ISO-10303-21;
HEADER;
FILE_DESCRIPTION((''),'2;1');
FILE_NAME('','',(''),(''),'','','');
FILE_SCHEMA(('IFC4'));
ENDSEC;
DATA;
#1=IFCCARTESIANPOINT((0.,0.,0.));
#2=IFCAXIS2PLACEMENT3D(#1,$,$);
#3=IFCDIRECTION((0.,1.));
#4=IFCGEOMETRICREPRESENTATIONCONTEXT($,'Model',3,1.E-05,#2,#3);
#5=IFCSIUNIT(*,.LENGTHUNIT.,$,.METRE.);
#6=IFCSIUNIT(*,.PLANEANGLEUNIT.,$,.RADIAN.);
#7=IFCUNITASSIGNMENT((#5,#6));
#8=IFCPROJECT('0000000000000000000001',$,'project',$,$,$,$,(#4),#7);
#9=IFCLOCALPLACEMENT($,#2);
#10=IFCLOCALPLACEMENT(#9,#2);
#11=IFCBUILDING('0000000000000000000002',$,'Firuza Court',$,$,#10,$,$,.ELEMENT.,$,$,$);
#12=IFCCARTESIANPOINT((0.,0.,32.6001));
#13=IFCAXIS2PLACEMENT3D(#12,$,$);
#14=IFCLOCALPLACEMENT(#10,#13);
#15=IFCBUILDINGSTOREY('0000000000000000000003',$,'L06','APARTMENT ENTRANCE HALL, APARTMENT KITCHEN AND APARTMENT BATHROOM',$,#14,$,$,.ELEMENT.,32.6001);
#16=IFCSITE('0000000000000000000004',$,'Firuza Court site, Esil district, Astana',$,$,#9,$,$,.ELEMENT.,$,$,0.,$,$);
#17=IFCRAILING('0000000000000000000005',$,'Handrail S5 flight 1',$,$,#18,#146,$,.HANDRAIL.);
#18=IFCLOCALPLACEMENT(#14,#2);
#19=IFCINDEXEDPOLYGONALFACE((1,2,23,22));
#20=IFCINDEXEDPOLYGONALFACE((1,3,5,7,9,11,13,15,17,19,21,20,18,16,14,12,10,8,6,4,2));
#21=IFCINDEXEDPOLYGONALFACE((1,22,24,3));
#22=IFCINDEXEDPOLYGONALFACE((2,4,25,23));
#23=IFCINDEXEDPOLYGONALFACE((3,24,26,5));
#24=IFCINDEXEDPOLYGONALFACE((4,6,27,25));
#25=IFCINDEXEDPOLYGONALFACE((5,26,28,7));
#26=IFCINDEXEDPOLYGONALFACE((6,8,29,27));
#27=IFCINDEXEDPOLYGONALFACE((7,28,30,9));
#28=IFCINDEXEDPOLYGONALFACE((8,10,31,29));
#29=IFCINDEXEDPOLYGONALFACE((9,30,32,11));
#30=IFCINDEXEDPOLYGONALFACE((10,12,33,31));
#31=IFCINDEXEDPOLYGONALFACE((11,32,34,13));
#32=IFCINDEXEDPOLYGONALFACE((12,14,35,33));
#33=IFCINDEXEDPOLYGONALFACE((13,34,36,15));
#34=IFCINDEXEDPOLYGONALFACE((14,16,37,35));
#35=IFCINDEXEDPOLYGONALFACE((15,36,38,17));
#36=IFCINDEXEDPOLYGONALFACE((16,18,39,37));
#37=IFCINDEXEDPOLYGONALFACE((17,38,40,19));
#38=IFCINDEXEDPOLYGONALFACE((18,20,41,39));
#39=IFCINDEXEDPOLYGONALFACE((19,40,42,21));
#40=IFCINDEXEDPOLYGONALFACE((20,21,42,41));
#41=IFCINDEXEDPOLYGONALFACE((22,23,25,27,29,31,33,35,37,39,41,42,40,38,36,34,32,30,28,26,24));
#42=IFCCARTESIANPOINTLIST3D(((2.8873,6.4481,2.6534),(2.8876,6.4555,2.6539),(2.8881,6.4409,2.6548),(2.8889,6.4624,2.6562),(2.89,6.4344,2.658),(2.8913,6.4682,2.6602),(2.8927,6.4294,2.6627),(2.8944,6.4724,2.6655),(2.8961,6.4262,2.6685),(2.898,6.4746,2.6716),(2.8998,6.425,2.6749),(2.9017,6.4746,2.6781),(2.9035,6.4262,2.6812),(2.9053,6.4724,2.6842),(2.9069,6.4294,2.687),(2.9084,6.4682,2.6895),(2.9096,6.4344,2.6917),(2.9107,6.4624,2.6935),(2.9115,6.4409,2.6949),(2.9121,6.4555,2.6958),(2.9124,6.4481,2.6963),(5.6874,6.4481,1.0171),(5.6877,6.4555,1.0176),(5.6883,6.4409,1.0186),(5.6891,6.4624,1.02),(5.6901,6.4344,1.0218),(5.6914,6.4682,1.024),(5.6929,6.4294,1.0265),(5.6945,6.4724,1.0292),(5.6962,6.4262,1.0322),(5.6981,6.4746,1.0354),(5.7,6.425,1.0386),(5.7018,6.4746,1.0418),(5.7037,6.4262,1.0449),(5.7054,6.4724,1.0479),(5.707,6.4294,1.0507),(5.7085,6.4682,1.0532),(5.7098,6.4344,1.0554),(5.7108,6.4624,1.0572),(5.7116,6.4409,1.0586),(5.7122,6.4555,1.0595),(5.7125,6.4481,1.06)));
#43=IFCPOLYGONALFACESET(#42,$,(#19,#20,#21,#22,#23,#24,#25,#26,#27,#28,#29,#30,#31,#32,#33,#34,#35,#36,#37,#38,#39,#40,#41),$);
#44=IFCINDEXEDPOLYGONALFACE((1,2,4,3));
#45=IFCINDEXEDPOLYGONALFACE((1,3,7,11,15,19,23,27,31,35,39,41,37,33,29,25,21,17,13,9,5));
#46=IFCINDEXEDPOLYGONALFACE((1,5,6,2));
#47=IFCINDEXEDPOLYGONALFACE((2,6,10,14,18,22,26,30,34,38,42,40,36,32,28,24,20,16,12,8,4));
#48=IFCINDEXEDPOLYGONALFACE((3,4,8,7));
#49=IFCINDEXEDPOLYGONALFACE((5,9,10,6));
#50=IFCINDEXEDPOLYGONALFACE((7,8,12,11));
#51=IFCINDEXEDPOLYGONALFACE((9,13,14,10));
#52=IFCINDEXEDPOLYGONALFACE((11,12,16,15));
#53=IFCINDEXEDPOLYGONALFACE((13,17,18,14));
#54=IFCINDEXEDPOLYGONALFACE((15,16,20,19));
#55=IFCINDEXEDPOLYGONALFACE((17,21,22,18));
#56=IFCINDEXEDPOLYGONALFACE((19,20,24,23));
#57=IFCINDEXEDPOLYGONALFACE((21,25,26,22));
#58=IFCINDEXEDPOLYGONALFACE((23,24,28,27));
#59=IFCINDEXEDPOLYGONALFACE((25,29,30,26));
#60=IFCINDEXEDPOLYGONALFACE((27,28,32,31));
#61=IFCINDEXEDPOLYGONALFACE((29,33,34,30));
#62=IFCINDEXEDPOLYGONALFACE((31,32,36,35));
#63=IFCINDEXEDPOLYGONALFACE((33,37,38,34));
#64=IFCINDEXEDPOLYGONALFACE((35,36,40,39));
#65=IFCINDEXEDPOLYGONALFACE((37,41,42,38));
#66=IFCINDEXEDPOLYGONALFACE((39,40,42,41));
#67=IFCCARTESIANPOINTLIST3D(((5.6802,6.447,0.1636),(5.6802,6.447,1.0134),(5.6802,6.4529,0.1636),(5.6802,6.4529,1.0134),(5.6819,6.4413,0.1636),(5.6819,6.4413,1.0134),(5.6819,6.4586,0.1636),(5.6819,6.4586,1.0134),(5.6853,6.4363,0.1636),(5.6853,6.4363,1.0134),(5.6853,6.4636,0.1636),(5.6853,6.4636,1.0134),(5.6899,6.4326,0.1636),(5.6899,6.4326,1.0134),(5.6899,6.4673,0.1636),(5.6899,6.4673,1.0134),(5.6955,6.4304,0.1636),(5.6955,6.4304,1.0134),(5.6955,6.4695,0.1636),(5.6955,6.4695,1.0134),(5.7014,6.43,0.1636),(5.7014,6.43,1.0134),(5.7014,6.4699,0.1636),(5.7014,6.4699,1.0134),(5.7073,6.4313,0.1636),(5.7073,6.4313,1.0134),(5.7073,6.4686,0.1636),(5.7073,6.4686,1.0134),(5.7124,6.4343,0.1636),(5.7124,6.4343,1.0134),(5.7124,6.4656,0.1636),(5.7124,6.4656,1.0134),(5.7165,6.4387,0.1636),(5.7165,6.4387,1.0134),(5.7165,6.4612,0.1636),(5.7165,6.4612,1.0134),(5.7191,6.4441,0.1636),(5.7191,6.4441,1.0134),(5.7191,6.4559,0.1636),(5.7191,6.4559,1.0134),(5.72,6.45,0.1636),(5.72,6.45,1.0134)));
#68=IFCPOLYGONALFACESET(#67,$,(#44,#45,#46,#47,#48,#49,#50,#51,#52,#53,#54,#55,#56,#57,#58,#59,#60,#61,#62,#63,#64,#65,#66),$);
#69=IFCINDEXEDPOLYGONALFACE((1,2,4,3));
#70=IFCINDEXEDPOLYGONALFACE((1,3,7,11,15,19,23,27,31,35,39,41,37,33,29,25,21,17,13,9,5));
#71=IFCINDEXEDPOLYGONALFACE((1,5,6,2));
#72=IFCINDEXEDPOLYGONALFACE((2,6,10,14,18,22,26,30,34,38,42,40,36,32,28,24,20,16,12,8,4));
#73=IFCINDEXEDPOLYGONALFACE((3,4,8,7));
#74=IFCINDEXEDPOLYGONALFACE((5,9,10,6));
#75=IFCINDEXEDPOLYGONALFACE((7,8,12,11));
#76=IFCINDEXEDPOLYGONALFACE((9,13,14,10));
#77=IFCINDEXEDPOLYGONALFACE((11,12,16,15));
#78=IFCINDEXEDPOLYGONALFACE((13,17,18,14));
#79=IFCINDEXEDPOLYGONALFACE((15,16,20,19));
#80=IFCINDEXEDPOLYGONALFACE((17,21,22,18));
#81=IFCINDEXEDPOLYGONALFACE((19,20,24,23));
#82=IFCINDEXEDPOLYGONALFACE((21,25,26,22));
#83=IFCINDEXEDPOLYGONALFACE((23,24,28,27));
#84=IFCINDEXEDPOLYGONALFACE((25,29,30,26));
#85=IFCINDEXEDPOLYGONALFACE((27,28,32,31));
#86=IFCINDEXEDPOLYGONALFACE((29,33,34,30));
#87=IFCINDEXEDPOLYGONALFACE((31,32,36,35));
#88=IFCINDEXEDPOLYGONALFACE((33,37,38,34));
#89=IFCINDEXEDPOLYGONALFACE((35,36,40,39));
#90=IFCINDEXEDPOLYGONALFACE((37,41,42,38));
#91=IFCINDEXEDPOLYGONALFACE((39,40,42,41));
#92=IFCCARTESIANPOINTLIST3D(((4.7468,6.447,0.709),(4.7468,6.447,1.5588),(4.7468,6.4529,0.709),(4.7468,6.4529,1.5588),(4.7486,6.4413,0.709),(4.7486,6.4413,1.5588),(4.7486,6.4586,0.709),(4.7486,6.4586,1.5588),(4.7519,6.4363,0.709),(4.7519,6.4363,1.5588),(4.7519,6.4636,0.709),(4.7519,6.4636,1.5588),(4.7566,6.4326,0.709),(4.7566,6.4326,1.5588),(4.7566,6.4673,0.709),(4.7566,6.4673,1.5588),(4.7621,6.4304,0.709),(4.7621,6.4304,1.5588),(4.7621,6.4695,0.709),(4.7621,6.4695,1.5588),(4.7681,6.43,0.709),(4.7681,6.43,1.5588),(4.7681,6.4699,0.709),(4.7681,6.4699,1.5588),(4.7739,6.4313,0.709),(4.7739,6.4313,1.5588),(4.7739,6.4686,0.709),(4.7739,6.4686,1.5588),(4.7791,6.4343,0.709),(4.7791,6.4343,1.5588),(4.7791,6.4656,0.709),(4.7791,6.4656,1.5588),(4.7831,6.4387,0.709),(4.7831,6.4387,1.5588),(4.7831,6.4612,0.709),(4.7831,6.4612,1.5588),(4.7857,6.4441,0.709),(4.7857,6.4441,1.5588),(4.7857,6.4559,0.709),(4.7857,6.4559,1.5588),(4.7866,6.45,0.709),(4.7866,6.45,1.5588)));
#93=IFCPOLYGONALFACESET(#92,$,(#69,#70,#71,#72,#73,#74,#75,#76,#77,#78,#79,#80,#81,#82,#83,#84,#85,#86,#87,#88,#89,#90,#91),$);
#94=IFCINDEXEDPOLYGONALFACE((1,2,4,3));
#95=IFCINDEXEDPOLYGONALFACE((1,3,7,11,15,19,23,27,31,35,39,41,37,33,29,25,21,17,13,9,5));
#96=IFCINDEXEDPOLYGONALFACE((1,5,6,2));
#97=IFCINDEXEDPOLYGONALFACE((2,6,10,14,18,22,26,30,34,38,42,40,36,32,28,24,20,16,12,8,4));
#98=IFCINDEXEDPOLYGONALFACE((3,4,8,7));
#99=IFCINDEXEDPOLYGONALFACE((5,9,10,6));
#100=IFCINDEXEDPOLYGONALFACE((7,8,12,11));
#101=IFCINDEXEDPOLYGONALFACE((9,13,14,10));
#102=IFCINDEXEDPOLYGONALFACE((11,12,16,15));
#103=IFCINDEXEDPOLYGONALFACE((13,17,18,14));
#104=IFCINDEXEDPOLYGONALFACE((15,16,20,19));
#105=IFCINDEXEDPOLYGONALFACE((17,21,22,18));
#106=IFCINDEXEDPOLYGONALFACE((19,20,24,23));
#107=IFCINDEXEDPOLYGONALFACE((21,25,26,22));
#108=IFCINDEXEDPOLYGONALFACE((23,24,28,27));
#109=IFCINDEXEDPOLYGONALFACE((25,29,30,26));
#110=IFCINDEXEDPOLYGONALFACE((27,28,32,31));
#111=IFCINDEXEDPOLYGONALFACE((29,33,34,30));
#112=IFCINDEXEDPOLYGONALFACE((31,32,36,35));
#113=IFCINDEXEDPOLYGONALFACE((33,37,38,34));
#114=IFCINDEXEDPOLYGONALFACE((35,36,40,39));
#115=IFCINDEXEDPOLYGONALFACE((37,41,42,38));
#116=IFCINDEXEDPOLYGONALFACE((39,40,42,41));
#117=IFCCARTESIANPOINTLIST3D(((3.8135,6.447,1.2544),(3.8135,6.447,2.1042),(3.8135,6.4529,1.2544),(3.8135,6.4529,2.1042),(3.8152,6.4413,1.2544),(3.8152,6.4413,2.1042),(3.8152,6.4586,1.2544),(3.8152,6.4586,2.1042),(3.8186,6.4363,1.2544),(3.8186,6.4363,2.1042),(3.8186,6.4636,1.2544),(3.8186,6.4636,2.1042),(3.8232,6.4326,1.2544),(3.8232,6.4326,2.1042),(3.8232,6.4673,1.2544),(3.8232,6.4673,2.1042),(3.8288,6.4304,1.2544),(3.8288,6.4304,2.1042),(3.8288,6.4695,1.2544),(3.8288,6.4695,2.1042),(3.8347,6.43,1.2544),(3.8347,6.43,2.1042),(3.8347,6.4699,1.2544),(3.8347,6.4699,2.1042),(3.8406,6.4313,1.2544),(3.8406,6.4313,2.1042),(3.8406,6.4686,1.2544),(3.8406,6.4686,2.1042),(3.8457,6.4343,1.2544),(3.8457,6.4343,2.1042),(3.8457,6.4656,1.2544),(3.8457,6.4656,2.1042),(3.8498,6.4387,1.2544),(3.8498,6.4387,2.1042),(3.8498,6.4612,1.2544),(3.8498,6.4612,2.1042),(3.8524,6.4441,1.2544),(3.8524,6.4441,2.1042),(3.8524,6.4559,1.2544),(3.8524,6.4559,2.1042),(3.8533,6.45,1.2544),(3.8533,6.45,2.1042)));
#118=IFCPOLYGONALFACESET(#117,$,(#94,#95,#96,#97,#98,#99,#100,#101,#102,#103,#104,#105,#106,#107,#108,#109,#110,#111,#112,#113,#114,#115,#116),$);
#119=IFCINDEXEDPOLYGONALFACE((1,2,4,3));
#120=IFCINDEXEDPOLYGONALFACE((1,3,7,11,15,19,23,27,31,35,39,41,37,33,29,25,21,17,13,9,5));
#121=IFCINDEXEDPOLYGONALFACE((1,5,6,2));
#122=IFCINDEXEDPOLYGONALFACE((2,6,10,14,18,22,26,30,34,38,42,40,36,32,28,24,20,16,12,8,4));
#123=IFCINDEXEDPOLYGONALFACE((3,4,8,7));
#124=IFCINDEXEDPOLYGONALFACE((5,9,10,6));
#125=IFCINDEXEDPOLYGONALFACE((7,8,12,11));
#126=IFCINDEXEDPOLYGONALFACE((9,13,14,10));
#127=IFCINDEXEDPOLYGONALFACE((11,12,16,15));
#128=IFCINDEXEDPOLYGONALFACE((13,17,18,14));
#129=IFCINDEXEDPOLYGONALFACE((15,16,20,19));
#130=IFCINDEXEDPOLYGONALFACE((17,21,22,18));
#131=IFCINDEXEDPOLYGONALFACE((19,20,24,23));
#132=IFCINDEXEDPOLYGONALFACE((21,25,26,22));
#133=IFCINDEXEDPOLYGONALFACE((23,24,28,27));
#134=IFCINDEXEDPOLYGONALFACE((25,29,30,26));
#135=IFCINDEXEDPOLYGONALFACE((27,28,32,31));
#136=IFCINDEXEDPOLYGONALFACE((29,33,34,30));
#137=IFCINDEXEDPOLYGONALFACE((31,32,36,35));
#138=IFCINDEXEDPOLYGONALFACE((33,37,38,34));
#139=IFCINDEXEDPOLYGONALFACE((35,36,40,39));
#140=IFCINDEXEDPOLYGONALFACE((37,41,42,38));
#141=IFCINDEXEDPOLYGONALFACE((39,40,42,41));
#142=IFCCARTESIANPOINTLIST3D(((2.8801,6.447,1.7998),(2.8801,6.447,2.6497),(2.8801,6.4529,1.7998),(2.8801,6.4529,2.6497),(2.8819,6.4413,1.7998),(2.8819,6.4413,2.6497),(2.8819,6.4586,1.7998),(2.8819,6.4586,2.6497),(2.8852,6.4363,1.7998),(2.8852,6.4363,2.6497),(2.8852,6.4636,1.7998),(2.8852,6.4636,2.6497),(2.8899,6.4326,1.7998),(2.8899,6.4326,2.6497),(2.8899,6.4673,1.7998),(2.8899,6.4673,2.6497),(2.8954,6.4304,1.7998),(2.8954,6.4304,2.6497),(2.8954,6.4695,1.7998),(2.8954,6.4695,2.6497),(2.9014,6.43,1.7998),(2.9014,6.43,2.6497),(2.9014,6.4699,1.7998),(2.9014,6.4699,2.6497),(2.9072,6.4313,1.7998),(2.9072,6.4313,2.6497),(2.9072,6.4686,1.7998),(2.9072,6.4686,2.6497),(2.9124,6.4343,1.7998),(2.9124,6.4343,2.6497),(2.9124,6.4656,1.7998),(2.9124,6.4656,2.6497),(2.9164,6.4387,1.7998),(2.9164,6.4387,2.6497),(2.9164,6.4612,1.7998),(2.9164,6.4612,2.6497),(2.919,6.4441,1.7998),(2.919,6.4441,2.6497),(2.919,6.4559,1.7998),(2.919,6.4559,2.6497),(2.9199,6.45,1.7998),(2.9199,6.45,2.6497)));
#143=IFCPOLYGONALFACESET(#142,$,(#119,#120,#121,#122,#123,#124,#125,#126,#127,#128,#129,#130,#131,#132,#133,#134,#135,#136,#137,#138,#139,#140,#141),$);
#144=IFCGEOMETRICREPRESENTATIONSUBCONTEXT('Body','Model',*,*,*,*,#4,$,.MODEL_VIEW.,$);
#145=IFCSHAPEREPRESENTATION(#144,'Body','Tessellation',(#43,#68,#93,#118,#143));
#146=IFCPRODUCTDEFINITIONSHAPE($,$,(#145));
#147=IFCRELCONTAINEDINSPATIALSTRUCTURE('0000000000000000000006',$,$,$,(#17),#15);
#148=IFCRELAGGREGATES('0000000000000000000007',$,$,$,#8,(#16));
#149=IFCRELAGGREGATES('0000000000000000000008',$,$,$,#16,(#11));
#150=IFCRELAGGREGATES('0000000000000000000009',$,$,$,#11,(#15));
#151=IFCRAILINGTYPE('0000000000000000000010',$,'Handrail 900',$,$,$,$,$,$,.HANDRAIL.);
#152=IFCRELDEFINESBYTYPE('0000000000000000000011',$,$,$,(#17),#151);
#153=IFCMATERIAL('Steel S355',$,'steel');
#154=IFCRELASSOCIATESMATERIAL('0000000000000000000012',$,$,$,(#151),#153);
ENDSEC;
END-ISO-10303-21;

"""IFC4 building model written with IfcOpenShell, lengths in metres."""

from ifc_helpers import new_model, si_unit, direction, frame, origin, origin_2d, place, context, subcontext, project, spatial, circle, extrude, material, type_object, element, save


model = new_model("IFC4")

# Units and contexts
model_context = context("Model", 3, precision=1e-05, world=origin(), true_north=direction((0.0, 1.0)))
body_context = subcontext(model_context, "Body", "Model", "MODEL_VIEW")
ifc_project = project(units=[si_unit("LENGTHUNIT", "METRE"), si_unit("PLANEANGLEUNIT", "RADIAN")], contexts=[model_context])

# Site, building, storey
site_placement = place(None, origin())
site = spatial("IfcSite", under=ifc_project, at=site_placement, Name="Firuza Court site, Esil district, Astana", CompositionType="ELEMENT", RefElevation=0.0)
building_placement = place(site_placement, origin())
building = spatial("IfcBuilding", under=site, at=building_placement, Name="Firuza Court", CompositionType="ELEMENT")
storey_placement = place(building_placement, frame((0.0, 0.0, 32.6001)))
storey = spatial("IfcBuildingStorey", under=building, at=storey_placement, Name="L06", Description="APARTMENT ENTRANCE HALL, APARTMENT KITCHEN AND APARTMENT BATHROOM", CompositionType="ELEMENT", Elevation=32.6001)

# Railing
ifc_material_1 = material(Name="Steel S355", Category="steel")
railing_type_1 = type_object("IfcRailingType", Name="Handrail 900", PredefinedType="HANDRAIL", material=ifc_material_1)
railing_1_placement = place(storey_placement, frame((5.7, 6.45, 0.1636)))
element("IfcRailing", 1, at=railing_1_placement, inside=storey, type_object=railing_type_1, Name="Handrail S5 flight 1", PredefinedType="HANDRAIL", context=body_context, shape_type="SweptSolid", body=[
    extrude(circle(Radius=0.0249, at=origin_2d()), frame((0.0, 0.0, 0.875), z_axis=(-0.863394, 0.0, 0.504531), x_axis=(0.0, -1.0, 0.0)), (0.0, 0.0, 1.0), 3.2432),
    extrude(circle(Radius=0.02, at=origin_2d()), origin(), (0.0, 0.0, 1.0), 0.8499),
    extrude(circle(Radius=0.02, at=origin_2d()), frame((-0.9333, 0.0, 0.5454)), (0.0, 0.0, 1.0), 0.8499),
    extrude(circle(Radius=0.02, at=origin_2d()), frame((-1.8667, 0.0, 1.0908)), (0.0, 0.0, 1.0), 0.8499),
    extrude(circle(Radius=0.02, at=origin_2d()), frame((-2.8, 0.0, 1.6362)), (0.0, 0.0, 1.0), 0.8499),
])

save(model, "model.ifc")
